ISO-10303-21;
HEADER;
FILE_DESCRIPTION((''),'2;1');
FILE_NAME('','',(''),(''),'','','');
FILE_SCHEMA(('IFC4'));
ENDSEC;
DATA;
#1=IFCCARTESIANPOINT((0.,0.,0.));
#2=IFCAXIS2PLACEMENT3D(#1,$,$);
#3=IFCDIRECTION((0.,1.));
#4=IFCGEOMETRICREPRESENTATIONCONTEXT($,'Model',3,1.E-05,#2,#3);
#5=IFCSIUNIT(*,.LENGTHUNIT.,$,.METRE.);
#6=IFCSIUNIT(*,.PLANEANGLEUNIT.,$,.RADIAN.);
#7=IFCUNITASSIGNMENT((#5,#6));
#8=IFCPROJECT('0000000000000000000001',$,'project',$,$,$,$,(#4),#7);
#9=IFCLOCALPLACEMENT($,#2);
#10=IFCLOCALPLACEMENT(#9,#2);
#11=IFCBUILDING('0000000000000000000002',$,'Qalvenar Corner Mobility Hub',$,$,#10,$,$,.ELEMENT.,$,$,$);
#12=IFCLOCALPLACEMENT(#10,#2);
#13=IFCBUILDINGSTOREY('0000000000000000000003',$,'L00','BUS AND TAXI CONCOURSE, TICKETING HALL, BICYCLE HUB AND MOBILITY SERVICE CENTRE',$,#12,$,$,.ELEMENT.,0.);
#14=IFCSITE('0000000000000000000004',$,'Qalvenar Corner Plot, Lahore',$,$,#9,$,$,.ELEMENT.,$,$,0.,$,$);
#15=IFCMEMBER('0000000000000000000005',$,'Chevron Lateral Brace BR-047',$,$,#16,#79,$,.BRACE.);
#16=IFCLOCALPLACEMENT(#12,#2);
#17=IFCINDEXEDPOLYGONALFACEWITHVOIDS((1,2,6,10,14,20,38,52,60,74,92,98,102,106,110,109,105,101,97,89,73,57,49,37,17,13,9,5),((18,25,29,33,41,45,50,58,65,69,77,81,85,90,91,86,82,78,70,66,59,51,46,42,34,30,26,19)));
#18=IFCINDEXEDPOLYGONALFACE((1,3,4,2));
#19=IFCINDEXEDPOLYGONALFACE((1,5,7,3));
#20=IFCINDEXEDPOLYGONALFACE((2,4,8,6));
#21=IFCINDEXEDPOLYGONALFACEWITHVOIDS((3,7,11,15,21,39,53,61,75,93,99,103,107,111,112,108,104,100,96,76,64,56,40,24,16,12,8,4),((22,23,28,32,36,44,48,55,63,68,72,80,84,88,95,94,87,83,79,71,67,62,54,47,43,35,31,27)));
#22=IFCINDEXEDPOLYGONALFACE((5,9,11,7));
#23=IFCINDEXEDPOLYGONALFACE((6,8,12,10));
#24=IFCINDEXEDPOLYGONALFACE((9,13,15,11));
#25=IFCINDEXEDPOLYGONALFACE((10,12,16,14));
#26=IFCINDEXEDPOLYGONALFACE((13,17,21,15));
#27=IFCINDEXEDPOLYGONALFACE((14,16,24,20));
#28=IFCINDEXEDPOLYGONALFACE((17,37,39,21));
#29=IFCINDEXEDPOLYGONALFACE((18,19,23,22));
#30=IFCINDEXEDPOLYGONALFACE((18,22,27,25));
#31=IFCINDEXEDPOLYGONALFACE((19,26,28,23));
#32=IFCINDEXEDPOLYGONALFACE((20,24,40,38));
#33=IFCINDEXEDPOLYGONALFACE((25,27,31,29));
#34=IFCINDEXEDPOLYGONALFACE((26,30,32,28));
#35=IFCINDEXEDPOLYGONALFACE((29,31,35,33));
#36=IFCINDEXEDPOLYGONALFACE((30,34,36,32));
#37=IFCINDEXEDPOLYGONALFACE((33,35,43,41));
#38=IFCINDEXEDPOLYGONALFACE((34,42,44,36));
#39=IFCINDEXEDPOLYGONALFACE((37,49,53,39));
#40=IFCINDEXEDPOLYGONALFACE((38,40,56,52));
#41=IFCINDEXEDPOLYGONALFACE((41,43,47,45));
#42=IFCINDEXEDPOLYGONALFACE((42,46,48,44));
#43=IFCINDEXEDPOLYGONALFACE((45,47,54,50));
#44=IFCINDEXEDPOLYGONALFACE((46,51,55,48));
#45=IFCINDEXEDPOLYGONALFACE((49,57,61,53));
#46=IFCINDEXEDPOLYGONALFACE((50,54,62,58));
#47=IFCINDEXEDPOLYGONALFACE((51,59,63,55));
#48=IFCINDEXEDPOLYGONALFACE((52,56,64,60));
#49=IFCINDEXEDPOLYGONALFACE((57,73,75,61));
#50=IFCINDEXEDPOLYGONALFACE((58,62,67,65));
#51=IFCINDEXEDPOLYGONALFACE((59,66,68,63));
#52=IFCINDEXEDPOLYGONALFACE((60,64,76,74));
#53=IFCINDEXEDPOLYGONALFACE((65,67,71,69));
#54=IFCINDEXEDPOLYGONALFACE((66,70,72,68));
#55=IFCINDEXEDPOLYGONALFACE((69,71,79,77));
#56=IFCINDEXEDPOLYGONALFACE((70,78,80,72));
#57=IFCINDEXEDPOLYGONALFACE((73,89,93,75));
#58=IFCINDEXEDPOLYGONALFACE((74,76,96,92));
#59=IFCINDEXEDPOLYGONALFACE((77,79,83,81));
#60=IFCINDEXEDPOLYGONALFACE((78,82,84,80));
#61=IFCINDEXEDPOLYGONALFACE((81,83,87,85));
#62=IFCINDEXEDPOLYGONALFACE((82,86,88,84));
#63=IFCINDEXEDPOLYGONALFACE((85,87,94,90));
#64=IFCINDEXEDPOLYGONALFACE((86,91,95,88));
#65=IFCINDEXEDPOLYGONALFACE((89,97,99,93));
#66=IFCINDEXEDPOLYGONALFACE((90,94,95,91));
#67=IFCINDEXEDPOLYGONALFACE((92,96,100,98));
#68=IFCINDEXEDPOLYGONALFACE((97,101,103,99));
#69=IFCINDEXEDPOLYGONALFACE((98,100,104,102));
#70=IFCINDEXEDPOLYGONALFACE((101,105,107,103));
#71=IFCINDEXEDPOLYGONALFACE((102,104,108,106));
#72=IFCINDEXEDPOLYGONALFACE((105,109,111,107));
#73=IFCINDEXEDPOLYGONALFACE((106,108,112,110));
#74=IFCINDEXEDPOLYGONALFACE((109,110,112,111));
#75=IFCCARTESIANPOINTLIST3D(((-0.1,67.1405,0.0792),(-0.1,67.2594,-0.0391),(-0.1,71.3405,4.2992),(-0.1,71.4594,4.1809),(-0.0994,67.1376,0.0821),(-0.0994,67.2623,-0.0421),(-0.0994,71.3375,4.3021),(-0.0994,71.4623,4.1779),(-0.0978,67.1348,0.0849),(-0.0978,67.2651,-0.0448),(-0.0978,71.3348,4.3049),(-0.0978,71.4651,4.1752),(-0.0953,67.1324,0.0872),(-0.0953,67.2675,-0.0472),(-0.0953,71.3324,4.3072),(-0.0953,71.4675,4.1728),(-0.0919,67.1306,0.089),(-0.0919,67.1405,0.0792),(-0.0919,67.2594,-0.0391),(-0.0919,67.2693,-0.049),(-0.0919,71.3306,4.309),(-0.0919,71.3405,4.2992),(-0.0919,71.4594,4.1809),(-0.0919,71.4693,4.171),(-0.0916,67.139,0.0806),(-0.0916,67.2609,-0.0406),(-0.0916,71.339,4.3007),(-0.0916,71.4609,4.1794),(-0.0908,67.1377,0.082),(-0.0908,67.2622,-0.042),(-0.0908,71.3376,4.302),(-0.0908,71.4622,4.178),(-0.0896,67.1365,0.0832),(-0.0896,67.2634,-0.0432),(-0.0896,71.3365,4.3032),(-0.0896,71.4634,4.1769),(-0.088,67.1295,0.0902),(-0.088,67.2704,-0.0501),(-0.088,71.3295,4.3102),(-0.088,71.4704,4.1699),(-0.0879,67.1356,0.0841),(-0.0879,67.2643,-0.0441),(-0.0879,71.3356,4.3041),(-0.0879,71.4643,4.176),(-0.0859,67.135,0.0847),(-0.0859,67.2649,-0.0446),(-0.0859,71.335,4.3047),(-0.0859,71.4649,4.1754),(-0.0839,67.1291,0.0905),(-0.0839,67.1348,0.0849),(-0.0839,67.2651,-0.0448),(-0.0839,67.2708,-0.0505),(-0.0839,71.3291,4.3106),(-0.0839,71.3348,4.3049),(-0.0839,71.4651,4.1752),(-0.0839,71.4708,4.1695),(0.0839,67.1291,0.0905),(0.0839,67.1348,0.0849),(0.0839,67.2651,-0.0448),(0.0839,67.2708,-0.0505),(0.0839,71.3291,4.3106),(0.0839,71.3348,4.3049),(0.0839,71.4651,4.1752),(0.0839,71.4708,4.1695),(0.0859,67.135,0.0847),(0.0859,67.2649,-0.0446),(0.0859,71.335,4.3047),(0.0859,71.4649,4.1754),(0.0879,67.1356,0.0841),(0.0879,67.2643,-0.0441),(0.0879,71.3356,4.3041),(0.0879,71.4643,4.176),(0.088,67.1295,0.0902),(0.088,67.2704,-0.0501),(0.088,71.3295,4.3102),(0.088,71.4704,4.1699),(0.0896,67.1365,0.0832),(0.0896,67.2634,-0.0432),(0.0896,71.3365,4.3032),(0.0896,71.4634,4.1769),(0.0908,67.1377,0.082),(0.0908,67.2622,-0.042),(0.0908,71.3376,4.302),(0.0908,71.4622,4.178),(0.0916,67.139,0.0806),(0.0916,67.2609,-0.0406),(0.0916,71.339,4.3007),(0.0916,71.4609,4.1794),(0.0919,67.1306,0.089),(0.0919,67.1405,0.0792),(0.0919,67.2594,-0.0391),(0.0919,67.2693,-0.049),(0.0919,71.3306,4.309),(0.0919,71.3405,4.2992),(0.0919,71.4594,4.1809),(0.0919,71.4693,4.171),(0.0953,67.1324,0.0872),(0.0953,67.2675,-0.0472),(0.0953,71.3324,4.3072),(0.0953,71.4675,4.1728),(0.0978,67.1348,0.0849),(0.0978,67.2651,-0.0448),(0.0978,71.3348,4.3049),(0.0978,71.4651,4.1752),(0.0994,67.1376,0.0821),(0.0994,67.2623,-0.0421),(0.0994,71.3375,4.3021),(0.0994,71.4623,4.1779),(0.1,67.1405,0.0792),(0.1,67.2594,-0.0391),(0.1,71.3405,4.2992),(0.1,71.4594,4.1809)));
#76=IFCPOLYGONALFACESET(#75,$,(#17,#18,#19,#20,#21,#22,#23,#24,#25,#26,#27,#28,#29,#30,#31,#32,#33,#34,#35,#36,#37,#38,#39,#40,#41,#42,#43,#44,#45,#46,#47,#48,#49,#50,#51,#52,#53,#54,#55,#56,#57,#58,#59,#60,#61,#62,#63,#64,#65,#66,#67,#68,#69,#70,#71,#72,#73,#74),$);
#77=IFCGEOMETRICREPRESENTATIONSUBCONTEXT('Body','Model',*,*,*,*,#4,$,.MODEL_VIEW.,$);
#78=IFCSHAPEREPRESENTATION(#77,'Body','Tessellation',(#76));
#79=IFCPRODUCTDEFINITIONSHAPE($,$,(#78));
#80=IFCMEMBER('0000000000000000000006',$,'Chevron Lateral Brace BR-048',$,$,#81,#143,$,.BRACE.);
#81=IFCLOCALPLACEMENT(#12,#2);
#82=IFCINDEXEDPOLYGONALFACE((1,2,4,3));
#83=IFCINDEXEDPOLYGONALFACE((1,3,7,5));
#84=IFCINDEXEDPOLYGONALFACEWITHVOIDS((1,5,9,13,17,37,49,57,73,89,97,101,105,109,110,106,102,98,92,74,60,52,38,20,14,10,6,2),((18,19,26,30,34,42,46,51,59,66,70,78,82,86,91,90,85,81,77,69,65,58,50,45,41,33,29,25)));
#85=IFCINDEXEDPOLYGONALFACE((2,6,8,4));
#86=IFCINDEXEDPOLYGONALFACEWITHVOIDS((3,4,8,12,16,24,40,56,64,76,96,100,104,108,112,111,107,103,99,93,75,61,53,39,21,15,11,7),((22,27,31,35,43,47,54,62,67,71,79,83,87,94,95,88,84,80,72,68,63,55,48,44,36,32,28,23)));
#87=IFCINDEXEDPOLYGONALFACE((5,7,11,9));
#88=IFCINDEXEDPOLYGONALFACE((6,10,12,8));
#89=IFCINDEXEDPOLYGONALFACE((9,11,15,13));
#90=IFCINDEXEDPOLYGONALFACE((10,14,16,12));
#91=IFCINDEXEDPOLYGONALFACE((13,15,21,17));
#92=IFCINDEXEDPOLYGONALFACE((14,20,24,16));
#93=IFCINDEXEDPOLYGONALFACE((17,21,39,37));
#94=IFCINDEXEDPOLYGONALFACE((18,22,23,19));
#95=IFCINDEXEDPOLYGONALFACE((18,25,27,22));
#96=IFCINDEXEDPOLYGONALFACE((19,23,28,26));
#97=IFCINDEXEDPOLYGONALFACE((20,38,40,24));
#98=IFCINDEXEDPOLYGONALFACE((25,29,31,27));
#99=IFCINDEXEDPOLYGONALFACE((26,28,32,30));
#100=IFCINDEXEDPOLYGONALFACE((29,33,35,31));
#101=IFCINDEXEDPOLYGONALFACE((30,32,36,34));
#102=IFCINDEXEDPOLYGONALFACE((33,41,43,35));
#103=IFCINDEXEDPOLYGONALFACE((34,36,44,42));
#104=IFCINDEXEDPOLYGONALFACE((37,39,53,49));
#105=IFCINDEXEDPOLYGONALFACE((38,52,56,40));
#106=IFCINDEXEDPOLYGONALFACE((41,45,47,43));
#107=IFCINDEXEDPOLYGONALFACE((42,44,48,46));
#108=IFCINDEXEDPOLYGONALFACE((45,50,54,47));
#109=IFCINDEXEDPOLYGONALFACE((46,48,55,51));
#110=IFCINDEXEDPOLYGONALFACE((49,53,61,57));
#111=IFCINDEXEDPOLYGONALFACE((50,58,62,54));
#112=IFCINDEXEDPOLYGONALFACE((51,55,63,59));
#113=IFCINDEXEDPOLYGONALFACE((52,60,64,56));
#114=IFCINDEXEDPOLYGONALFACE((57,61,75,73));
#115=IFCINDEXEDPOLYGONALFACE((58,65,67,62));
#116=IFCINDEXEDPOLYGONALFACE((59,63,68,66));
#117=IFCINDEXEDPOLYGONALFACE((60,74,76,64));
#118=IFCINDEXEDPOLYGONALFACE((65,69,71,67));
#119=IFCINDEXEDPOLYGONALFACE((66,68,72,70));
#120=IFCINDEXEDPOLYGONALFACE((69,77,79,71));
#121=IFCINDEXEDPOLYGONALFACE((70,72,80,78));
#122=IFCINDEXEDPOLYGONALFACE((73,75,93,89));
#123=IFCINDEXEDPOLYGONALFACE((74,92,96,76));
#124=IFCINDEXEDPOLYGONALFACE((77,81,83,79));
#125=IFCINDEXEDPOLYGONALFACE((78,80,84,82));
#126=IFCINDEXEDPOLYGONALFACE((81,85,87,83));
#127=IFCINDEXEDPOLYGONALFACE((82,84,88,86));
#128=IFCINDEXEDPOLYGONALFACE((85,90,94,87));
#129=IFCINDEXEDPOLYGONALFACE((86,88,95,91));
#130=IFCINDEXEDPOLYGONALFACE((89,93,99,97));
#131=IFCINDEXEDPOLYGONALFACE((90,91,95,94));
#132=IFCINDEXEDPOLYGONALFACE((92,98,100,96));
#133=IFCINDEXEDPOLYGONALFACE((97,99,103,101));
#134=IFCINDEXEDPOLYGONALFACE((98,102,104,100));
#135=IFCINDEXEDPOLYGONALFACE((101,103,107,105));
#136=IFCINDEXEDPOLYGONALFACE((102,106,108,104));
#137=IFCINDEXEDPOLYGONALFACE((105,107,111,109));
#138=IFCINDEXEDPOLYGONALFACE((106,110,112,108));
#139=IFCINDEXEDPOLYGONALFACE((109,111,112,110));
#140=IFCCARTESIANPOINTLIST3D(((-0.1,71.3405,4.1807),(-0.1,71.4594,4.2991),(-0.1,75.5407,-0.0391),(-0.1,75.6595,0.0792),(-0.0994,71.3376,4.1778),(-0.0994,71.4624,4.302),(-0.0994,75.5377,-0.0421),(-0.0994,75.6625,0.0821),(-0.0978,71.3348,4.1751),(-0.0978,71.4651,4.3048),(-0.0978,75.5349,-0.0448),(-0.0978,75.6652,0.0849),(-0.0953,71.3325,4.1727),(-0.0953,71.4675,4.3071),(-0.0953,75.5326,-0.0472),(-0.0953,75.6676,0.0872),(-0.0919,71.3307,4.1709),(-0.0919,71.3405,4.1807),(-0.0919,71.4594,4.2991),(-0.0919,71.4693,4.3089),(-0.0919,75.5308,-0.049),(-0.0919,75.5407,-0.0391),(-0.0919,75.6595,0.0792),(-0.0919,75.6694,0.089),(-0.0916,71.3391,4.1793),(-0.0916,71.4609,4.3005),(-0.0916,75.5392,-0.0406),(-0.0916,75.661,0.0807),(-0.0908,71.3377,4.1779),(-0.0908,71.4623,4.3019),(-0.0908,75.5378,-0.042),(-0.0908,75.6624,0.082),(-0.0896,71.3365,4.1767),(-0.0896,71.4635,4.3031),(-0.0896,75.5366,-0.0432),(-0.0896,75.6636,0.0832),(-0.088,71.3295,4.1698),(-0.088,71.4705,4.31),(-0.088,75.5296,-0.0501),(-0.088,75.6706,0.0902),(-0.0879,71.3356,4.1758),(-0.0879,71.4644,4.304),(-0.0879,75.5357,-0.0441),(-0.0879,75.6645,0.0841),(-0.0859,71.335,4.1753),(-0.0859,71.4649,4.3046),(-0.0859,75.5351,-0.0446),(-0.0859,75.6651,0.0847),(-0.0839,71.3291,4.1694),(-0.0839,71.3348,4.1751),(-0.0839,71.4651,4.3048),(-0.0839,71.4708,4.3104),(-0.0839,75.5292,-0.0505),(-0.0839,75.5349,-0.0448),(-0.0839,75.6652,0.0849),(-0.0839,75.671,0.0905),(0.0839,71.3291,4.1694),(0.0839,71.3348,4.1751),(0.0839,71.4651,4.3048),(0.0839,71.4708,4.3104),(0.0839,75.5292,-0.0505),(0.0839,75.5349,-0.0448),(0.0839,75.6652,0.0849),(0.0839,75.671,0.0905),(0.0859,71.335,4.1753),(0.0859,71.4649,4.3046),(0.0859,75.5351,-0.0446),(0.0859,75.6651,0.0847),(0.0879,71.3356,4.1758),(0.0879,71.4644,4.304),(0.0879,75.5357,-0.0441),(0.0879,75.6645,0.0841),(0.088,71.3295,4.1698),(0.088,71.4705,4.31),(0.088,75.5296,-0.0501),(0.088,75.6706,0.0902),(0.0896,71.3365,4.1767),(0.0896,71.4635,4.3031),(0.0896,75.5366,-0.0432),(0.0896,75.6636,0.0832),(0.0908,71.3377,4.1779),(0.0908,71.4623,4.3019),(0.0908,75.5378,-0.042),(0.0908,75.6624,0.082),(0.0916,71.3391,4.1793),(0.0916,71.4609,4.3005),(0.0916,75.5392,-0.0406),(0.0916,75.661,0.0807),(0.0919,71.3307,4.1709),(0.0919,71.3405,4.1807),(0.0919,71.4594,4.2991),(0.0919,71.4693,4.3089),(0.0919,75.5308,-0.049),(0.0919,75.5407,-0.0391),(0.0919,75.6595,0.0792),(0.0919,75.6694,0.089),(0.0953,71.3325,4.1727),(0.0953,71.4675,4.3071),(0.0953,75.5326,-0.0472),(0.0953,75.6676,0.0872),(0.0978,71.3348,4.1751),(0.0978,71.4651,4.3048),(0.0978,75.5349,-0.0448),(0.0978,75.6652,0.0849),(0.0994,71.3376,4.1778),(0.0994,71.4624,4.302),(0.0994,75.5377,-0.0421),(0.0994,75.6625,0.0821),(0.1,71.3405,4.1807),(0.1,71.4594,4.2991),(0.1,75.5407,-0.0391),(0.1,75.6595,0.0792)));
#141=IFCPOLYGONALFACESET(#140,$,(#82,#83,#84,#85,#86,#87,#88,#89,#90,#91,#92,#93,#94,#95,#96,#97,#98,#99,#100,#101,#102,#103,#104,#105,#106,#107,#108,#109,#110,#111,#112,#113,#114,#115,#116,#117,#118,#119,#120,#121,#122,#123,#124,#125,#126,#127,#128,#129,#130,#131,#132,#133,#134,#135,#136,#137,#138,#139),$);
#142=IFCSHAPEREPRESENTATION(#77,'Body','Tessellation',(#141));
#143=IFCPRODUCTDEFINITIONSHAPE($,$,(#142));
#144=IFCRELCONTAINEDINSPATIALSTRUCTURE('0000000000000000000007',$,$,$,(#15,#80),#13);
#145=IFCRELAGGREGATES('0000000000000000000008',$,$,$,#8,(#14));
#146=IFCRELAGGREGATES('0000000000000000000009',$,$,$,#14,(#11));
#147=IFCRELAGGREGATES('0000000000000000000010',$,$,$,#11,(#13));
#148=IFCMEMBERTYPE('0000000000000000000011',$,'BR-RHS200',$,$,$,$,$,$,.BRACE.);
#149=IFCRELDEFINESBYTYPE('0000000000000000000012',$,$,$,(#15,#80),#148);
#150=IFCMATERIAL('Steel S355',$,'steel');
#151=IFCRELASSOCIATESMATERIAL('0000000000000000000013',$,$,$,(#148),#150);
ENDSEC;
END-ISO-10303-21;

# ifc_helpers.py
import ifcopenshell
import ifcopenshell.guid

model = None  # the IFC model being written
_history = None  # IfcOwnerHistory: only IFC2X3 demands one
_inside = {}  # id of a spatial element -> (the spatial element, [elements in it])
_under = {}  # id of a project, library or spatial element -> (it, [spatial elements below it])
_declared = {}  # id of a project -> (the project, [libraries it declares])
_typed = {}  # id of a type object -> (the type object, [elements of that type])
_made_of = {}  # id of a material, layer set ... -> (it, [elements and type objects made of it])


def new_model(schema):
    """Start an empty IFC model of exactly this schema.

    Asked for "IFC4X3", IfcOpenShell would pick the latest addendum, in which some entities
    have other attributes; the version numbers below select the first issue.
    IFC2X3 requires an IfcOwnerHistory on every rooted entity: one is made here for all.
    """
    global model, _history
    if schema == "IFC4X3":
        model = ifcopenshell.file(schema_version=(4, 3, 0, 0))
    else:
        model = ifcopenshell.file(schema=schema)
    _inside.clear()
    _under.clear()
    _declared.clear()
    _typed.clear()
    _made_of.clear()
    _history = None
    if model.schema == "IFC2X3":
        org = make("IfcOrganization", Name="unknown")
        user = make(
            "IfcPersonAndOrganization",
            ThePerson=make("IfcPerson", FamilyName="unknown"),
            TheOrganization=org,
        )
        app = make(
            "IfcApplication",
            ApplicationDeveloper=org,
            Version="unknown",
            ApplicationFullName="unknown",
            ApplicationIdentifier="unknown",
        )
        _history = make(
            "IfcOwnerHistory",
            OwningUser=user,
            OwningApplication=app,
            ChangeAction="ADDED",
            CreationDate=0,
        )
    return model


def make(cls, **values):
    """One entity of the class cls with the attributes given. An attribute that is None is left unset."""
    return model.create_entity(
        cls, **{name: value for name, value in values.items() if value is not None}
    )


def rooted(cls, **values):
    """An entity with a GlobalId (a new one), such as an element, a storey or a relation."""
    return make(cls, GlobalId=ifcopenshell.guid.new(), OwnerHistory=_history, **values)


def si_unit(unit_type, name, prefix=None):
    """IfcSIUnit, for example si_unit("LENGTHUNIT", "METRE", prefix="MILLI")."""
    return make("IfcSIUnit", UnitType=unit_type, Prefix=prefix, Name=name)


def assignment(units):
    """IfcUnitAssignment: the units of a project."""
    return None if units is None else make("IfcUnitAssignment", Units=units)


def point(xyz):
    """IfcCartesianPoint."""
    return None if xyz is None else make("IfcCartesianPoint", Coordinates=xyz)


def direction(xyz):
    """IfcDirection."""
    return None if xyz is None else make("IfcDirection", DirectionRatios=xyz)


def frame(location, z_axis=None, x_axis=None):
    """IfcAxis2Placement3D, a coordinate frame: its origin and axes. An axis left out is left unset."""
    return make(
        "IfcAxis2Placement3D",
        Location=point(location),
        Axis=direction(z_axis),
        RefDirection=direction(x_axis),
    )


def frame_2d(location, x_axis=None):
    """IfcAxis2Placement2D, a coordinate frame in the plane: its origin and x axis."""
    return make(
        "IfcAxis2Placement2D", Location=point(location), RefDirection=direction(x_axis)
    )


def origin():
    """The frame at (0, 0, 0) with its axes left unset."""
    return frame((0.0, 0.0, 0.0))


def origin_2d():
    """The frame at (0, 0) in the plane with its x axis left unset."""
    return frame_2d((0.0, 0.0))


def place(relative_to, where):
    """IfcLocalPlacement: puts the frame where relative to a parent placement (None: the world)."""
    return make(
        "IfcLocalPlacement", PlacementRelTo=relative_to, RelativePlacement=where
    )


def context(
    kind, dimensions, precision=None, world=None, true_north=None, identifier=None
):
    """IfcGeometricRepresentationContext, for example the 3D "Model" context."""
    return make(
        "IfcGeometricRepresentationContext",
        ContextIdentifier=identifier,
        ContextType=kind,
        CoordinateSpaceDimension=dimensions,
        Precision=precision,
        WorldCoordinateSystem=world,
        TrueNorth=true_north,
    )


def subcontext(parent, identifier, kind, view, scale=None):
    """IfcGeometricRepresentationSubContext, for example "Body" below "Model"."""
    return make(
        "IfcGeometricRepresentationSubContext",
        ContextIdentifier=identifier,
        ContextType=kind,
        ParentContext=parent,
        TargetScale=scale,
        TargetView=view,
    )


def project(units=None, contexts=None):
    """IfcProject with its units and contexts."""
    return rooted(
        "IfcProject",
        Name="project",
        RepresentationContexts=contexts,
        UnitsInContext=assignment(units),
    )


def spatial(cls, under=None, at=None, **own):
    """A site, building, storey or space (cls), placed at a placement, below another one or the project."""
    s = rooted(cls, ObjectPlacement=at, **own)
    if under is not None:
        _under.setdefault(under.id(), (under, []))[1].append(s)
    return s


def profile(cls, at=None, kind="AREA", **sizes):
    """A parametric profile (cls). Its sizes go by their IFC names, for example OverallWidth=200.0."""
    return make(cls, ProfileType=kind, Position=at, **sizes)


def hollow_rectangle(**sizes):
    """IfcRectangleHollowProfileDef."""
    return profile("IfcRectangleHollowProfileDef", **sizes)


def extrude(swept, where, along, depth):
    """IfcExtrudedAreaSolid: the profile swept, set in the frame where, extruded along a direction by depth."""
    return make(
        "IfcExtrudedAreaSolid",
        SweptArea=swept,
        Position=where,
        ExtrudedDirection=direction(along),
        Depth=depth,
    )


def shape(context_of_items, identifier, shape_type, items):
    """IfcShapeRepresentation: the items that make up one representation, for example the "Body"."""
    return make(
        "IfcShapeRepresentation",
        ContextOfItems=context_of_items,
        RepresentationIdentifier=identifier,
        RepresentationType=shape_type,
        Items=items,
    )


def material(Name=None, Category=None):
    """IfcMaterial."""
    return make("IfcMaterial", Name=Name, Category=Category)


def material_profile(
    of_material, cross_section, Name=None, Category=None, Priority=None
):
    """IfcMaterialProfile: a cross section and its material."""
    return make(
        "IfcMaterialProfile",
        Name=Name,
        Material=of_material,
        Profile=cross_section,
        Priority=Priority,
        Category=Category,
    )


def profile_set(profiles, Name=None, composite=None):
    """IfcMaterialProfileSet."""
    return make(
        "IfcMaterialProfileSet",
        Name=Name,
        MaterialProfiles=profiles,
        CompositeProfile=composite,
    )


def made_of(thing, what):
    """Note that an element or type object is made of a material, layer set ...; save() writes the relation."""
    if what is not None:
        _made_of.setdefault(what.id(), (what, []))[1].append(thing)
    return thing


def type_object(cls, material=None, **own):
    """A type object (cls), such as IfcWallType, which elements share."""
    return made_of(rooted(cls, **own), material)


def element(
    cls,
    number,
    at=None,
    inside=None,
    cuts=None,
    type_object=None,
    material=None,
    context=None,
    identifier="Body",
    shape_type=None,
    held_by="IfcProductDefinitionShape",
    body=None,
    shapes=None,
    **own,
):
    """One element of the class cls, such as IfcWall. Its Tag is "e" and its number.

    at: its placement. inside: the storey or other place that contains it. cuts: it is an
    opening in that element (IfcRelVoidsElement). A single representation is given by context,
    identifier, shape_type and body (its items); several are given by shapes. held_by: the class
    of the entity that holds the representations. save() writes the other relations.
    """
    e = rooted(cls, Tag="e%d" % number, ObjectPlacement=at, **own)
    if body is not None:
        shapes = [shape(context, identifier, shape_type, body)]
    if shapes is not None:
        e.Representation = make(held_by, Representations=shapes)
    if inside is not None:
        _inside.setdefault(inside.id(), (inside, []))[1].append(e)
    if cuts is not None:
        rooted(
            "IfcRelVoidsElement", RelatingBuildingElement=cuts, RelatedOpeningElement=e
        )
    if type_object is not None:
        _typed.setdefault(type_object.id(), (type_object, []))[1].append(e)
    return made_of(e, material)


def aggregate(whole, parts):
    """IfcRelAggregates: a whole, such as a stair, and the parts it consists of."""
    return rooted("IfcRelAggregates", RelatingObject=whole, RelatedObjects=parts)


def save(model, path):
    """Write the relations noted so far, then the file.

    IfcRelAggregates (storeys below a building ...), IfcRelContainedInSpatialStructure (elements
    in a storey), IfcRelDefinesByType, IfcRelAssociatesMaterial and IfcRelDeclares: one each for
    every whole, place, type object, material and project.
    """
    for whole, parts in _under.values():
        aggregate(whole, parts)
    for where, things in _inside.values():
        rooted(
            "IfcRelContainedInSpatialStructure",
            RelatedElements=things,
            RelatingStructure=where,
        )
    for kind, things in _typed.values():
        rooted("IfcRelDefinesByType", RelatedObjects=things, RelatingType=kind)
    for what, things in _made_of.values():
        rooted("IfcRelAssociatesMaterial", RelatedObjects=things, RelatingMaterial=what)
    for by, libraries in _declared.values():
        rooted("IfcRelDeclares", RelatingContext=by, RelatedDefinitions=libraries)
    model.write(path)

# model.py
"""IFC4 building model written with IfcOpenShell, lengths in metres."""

from ifc_helpers import new_model, si_unit, direction, frame, origin, origin_2d, place, context, subcontext, project, spatial, hollow_rectangle, extrude, material, material_profile, profile_set, type_object, element, save


model = new_model("IFC4")

# Units and contexts
model_context = context("Model", 3, precision=1e-05, world=origin(), true_north=direction((0.0, 1.0)))
body_context = subcontext(model_context, "Body", "Model", "MODEL_VIEW")
ifc_project = project(units=[si_unit("LENGTHUNIT", "METRE"), si_unit("PLANEANGLEUNIT", "RADIAN")], contexts=[model_context])

# Site, building, storey
site_placement = place(None, origin())
site = spatial("IfcSite", under=ifc_project, at=site_placement, Name="Qalvenar Corner Plot, Lahore", CompositionType="ELEMENT", RefElevation=0.0)
building_placement = place(site_placement, origin())
building = spatial("IfcBuilding", under=site, at=building_placement, Name="Qalvenar Corner Mobility Hub", CompositionType="ELEMENT")
storey_placement = place(building_placement, origin())
storey = spatial("IfcBuildingStorey", under=building, at=storey_placement, Name="L00", Description="BUS AND TAXI CONCOURSE, TICKETING HALL, BICYCLE HUB AND MOBILITY SERVICE CENTRE", CompositionType="ELEMENT", Elevation=0.0)

# Shared definitions
ifc_material_1 = material(Name="Steel S355", Category="steel")

# Members
ifc_material_profile_1 = material_profile(ifc_material_1, hollow_rectangle(XDim=0.2, YDim=0.2, WallThickness=0.0081, InnerFilletRadius=0.0081, OuterFilletRadius=0.0161, at=origin_2d()), Name="SHS200x200x8")
ifc_profile_set_1 = profile_set([ifc_material_profile_1], Name="Steel S355")
member_type_1 = type_object("IfcMemberType", Name="BR-RHS200", PredefinedType="BRACE", material=ifc_profile_set_1)
for number, where, z_axis, x_axis, name in (
    (1, (0.0, 67.2, 0.02), (0.0, 0.705424, 0.708786), (-1.0, 0.0, 0.0), "Chevron Lateral Brace BR-047"),
    (2, (0.0, 75.6001, 0.02), (0.0, -0.705444, 0.708766), (1.0, 0.0, 0.0), "Chevron Lateral Brace BR-048"),
):
    element("IfcMember", number, at=place(storey_placement, frame(where, z_axis=z_axis, x_axis=x_axis)), inside=storey, type_object=member_type_1, Name=name, PredefinedType="BRACE", context=body_context, shape_type="SweptSolid", body=[
        extrude(hollow_rectangle(XDim=0.2, YDim=0.2, WallThickness=0.0081, InnerFilletRadius=0.0081, OuterFilletRadius=0.0161, at=origin_2d()), origin(), (0.0, 0.0, 1.0), 5.9539),
    ])

save(model, "model.ifc")
